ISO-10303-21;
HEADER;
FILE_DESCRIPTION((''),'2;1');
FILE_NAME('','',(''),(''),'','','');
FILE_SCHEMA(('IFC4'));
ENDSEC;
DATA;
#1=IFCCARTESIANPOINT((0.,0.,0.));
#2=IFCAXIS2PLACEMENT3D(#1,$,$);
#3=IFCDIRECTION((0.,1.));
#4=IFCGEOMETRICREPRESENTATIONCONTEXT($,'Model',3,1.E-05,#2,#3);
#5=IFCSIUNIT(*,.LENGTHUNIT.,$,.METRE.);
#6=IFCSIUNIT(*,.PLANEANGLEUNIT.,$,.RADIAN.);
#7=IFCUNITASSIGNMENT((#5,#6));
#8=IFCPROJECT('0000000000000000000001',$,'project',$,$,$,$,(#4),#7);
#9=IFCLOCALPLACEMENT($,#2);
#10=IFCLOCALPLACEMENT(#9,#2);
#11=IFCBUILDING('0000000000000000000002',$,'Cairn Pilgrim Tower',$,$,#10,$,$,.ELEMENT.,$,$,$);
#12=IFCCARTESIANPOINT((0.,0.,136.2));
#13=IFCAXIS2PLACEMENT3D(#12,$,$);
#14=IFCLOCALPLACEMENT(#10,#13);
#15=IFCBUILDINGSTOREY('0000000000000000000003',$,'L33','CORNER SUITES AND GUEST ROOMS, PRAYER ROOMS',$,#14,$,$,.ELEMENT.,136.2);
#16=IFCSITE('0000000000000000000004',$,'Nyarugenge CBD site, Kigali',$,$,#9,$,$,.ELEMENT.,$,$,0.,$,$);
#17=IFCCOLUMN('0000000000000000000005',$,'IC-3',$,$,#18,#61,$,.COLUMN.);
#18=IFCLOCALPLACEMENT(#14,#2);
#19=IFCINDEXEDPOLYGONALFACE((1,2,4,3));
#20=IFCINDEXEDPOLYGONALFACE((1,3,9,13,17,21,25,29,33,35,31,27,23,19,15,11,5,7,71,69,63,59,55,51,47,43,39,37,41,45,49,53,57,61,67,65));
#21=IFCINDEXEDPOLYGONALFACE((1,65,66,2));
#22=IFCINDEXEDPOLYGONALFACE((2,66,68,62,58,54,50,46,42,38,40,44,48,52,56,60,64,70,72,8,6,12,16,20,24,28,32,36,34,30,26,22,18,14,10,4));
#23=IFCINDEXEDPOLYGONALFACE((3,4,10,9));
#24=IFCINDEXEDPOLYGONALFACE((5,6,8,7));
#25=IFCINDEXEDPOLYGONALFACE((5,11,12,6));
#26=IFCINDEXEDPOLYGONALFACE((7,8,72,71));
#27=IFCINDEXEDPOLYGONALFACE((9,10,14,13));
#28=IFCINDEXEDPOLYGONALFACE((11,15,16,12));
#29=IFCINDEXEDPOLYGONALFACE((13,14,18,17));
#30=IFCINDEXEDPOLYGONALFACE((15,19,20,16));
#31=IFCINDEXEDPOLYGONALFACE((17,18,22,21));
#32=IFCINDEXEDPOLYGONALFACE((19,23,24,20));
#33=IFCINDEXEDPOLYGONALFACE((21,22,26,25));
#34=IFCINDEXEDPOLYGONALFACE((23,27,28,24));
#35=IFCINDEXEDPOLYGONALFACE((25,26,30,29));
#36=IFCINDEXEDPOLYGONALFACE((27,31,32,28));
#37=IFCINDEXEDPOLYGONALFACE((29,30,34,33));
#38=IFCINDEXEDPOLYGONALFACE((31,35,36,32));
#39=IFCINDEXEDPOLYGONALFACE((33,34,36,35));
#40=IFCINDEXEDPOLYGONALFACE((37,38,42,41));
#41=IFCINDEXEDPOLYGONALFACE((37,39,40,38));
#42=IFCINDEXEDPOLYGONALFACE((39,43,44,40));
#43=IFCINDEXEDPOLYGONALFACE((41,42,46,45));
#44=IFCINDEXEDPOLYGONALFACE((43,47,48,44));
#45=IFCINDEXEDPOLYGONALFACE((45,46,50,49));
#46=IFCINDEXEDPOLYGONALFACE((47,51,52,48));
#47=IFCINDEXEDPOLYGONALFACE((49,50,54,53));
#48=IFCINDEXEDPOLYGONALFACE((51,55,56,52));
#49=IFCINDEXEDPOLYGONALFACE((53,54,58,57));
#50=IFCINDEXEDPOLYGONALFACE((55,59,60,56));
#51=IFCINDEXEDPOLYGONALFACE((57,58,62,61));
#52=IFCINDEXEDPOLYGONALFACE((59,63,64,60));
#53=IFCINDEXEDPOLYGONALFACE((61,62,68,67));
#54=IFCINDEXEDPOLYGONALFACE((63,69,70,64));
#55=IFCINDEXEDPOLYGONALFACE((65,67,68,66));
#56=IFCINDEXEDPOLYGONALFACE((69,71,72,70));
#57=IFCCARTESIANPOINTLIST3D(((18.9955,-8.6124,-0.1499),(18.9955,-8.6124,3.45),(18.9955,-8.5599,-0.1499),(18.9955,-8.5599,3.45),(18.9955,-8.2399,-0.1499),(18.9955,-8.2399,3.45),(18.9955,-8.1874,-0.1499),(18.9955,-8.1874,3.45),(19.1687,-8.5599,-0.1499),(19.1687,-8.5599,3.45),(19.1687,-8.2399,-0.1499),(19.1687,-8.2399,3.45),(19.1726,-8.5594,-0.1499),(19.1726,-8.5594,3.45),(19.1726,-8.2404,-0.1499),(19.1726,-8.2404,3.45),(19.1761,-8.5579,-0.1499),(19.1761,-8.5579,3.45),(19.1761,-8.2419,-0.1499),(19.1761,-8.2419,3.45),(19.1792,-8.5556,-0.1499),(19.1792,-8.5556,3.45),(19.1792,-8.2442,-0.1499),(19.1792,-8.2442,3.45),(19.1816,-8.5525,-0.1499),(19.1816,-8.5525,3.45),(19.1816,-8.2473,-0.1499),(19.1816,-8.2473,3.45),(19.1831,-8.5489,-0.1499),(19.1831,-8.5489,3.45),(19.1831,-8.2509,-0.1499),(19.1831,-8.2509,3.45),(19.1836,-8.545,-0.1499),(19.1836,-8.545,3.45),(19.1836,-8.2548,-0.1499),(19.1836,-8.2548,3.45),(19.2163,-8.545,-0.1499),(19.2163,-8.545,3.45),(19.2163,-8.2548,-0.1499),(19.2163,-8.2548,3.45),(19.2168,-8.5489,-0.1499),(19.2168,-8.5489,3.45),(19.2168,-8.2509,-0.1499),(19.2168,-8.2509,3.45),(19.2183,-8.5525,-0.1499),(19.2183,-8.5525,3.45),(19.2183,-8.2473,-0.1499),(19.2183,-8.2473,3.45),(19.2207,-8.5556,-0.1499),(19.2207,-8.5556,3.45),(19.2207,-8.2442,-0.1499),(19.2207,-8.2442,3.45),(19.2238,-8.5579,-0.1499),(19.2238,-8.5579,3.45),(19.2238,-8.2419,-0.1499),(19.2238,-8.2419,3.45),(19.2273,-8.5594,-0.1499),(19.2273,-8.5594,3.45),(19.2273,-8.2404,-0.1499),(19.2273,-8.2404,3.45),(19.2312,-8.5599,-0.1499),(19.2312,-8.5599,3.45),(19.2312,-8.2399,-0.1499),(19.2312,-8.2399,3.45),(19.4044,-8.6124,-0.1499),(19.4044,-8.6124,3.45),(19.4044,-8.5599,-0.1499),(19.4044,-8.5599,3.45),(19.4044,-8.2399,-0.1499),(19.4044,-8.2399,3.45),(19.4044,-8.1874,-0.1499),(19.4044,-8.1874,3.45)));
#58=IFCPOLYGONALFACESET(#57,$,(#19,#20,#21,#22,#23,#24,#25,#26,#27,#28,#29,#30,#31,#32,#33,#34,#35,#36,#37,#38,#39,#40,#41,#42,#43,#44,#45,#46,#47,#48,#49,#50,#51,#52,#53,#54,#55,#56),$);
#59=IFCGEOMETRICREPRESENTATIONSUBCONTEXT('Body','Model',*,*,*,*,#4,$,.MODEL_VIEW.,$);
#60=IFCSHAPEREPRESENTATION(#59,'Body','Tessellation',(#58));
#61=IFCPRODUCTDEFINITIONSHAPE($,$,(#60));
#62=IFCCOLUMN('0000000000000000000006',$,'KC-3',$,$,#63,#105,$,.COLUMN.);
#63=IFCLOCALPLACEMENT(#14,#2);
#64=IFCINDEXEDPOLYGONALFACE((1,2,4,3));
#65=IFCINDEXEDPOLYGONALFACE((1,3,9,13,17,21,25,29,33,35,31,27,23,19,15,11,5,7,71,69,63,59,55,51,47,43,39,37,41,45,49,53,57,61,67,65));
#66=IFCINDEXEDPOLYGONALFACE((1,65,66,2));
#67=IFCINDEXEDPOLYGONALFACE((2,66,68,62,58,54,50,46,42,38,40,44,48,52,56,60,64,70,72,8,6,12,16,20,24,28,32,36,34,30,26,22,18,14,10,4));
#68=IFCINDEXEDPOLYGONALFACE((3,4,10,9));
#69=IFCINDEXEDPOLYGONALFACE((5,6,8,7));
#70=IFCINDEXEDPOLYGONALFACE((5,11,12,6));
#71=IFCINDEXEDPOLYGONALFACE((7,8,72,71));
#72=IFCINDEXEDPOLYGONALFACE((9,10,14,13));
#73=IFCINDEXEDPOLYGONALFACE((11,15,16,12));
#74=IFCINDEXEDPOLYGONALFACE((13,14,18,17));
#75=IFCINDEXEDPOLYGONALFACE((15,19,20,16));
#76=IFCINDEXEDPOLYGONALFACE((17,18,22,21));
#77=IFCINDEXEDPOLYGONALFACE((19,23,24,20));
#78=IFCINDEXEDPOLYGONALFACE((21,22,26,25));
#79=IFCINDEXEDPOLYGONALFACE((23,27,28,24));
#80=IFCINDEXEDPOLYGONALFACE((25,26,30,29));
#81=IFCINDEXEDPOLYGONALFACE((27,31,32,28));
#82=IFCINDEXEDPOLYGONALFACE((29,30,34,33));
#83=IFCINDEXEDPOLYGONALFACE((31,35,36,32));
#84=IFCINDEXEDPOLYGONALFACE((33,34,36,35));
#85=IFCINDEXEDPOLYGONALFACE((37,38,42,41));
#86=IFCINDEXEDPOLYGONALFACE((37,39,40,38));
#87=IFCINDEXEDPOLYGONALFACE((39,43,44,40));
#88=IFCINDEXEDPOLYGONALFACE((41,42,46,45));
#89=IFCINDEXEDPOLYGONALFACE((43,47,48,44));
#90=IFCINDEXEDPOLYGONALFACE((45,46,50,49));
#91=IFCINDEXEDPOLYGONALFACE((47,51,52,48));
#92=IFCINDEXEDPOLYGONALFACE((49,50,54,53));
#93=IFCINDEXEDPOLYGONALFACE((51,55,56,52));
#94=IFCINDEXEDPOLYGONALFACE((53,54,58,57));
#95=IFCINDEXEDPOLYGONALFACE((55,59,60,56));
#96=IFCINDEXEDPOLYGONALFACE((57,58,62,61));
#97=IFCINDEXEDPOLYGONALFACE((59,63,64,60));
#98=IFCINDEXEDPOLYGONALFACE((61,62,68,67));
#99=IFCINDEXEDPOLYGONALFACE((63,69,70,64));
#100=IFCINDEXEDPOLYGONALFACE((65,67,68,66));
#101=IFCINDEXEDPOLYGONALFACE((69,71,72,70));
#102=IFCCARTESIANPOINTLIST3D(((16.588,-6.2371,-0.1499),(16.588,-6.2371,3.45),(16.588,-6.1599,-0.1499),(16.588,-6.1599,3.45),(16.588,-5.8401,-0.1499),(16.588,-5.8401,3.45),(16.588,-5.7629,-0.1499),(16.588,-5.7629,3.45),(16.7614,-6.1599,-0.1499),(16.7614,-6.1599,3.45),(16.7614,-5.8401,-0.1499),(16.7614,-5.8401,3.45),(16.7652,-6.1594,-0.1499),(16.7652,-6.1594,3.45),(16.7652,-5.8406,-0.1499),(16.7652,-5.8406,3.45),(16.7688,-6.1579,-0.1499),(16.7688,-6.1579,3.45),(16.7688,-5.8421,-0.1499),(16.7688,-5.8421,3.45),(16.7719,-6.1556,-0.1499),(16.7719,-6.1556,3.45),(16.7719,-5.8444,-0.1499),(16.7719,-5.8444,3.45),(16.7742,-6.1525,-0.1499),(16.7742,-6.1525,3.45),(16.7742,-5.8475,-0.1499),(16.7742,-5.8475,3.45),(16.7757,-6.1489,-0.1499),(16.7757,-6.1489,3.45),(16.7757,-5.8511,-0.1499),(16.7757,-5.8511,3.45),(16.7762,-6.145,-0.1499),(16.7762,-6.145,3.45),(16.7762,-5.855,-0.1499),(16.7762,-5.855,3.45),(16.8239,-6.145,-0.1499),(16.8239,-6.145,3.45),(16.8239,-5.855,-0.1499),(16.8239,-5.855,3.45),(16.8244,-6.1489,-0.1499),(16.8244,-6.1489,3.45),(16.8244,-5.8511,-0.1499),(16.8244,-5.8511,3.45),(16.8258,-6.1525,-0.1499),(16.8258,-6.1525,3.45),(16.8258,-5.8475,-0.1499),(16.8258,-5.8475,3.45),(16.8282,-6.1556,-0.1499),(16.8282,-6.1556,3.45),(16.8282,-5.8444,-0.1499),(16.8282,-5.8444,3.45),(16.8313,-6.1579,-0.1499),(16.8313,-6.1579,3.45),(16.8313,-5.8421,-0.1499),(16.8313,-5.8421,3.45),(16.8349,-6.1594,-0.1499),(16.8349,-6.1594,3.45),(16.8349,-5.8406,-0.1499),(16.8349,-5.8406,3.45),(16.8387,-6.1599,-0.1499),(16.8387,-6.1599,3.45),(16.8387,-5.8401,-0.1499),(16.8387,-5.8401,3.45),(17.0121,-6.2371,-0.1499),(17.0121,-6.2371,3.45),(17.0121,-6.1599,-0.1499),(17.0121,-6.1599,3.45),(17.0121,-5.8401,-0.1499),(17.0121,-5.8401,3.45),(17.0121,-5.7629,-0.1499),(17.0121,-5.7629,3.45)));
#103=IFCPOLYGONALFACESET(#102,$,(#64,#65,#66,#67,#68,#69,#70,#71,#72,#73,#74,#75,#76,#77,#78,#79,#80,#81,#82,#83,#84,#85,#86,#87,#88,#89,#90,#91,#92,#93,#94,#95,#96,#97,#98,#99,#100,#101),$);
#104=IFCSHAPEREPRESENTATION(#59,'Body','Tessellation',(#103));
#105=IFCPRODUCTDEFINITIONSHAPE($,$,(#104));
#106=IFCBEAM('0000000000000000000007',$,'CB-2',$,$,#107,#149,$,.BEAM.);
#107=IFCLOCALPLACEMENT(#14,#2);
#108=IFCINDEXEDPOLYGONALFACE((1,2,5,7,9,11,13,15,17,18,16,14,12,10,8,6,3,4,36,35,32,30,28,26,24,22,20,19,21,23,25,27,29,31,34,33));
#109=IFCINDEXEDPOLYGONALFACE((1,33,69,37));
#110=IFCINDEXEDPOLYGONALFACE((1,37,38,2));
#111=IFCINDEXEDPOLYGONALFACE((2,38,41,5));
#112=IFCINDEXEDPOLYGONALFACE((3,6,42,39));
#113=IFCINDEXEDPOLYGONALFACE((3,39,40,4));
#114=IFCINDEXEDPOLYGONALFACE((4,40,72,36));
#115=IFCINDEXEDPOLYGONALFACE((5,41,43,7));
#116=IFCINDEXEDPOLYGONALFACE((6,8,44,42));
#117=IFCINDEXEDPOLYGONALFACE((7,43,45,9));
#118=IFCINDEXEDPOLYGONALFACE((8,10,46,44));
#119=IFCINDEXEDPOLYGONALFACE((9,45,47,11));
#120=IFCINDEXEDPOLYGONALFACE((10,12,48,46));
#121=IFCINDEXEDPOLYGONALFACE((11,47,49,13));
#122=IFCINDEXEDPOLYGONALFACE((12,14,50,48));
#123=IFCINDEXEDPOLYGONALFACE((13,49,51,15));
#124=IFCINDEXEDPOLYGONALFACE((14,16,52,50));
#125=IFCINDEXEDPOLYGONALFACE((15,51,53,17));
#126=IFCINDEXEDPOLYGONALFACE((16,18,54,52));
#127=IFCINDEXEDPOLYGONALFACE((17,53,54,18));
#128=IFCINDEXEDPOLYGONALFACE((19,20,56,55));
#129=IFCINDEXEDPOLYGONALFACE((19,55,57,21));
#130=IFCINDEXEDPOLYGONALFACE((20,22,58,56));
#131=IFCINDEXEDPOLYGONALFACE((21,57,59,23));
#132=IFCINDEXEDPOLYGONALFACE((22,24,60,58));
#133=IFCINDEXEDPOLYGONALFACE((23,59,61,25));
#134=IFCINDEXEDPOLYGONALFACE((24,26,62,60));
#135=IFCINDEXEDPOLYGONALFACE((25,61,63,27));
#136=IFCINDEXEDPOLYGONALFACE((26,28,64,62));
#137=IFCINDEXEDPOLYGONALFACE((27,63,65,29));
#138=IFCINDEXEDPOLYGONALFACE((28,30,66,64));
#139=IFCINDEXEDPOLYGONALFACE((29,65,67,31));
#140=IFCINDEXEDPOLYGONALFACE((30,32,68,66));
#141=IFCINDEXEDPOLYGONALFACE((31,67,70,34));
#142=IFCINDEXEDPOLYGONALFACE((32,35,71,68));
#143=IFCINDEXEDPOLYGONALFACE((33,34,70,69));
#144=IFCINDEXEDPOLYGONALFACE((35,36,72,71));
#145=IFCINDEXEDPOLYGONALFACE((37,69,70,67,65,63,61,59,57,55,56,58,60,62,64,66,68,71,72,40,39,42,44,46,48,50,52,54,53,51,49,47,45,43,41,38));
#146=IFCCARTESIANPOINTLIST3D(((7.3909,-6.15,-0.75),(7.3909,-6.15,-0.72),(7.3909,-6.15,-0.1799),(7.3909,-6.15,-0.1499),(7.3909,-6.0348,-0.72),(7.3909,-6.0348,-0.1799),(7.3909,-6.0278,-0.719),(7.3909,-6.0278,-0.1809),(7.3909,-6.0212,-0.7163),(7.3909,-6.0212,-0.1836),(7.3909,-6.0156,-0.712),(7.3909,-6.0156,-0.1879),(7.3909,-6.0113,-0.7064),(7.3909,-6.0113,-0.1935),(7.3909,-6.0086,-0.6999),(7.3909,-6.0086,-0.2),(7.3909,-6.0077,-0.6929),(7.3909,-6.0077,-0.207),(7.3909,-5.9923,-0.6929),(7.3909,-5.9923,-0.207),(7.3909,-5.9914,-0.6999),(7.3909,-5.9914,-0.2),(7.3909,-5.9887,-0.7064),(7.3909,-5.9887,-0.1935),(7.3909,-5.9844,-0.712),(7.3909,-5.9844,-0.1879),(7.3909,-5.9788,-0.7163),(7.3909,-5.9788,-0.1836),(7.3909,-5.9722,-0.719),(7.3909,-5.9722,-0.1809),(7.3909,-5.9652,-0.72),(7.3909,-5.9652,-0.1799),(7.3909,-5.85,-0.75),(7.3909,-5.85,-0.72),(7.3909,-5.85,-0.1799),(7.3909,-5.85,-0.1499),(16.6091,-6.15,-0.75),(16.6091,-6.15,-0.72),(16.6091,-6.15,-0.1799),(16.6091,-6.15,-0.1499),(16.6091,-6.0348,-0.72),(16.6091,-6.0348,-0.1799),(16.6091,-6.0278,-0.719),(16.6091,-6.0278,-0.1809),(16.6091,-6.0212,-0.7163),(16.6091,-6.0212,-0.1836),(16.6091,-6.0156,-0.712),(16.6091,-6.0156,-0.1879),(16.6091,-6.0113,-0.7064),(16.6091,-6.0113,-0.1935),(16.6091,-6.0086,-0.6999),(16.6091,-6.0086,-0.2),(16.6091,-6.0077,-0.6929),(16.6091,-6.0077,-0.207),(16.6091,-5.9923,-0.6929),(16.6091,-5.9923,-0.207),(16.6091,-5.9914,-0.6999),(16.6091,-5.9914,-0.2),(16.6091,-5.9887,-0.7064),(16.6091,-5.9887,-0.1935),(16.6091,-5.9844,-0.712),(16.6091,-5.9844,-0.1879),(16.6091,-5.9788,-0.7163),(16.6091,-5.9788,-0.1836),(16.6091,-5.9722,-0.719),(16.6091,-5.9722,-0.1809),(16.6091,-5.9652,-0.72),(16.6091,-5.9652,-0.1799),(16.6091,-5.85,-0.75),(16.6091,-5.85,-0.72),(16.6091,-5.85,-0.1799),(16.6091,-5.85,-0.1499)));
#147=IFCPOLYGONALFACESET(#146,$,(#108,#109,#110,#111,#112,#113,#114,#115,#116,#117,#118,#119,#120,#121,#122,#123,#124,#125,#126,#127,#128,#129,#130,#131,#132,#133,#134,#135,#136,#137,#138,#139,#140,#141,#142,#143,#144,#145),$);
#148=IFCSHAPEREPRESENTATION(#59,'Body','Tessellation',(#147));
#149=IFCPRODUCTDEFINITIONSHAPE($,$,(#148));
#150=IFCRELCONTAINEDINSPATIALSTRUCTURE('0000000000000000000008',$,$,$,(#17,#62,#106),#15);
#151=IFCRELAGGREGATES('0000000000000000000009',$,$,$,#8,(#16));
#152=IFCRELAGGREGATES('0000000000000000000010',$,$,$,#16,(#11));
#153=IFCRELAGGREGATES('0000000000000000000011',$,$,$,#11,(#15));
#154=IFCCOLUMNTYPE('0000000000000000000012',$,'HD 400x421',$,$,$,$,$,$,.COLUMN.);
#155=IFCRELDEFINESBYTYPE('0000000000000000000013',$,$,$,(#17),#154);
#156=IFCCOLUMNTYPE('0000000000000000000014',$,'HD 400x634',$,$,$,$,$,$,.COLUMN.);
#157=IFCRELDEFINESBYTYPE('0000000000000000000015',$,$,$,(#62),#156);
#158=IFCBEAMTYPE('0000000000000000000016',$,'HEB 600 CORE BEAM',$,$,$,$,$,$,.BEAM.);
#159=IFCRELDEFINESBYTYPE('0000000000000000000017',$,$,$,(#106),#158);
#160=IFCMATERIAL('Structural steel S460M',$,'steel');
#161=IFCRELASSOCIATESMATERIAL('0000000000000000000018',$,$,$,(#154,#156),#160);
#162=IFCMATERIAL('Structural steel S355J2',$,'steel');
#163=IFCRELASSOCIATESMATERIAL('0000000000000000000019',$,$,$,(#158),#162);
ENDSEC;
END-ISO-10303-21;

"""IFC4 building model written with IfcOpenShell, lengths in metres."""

from ifc_helpers import new_model, si_unit, direction, frame, origin, origin_2d, place, context, subcontext, project, spatial, i_section, extrude, material, material_profile, profile_set, type_object, element, save


model = new_model("IFC4")

# Units and contexts
model_context = context("Model", 3, precision=1e-05, world=origin(), true_north=direction((0.0, 1.0)))
body_context = subcontext(model_context, "Body", "Model", "MODEL_VIEW")
ifc_project = project(units=[si_unit("LENGTHUNIT", "METRE"), si_unit("PLANEANGLEUNIT", "RADIAN")], contexts=[model_context])

# Site, building, storey
site_placement = place(None, origin())
site = spatial("IfcSite", under=ifc_project, at=site_placement, Name="Nyarugenge CBD site, Kigali", CompositionType="ELEMENT", RefElevation=0.0)
building_placement = place(site_placement, origin())
building = spatial("IfcBuilding", under=site, at=building_placement, Name="Cairn Pilgrim Tower", CompositionType="ELEMENT")
storey_placement = place(building_placement, frame((0.0, 0.0, 136.2)))
storey = spatial("IfcBuildingStorey", under=building, at=storey_placement, Name="L33", Description="CORNER SUITES AND GUEST ROOMS, PRAYER ROOMS", CompositionType="ELEMENT", Elevation=136.2)

# Columns
ifc_material_1 = material(Name="Structural steel S460M", Category="steel")
ifc_material_profile_1 = material_profile(ifc_material_1, i_section(OverallWidth=0.4089, OverallDepth=0.425, WebThickness=0.0327, FlangeThickness=0.0525, FilletRadius=0.0149, at=origin_2d()), Name="HD 400x421")
ifc_profile_set_1 = profile_set([ifc_material_profile_1], Name="Structural steel S460M")
column_type_1 = type_object("IfcColumnType", Name="HD 400x421", PredefinedType="COLUMN", material=ifc_profile_set_1)
column_1_placement = place(storey_placement, frame((19.2, -8.3999, -0.1499), z_axis=(0.0, 0.0, 1.0), x_axis=(1.0, 0.0, 0.0)))
element("IfcColumn", 1, at=column_1_placement, inside=storey, type_object=column_type_1, Name="IC-3", PredefinedType="COLUMN", context=body_context, shape_type="SweptSolid", body=[
    extrude(i_section(OverallWidth=0.4089, OverallDepth=0.425, WebThickness=0.0327, FlangeThickness=0.0525, FilletRadius=0.0149, at=origin_2d()), origin(), (0.0, 0.0, 1.0), 3.5999),
])
ifc_material_profile_2 = material_profile(ifc_material_1, i_section(OverallWidth=0.4241, OverallDepth=0.4741, WebThickness=0.0476, FlangeThickness=0.0771, FilletRadius=0.0149, at=origin_2d()), Name="HD 400x634")
ifc_profile_set_2 = profile_set([ifc_material_profile_2], Name="Structural steel S460M")
column_type_2 = type_object("IfcColumnType", Name="HD 400x634", PredefinedType="COLUMN", material=ifc_profile_set_2)
column_2_placement = place(storey_placement, frame((16.8, -6.0, -0.1499), z_axis=(0.0, 0.0, 1.0), x_axis=(1.0, 0.0, 0.0)))
element("IfcColumn", 2, at=column_2_placement, inside=storey, type_object=column_type_2, Name="KC-3", PredefinedType="COLUMN", context=body_context, shape_type="SweptSolid", body=[
    extrude(i_section(OverallWidth=0.4241, OverallDepth=0.4741, WebThickness=0.0476, FlangeThickness=0.0771, FilletRadius=0.0149, at=origin_2d()), origin(), (0.0, 0.0, 1.0), 3.5999),
])

# Beam
ifc_material_2 = material(Name="Structural steel S355J2", Category="steel")
ifc_material_profile_3 = material_profile(ifc_material_2, i_section(OverallWidth=0.3, OverallDepth=0.6001, WebThickness=0.0154, FlangeThickness=0.03, FilletRadius=0.0271, at=origin_2d()), Name="HEB 600")
ifc_profile_set_3 = profile_set([ifc_material_profile_3], Name="Structural steel S355J2")
beam_type_1 = type_object("IfcBeamType", Name="HEB 600 CORE BEAM", PredefinedType="BEAM", material=ifc_profile_set_3)
beam_1_placement = place(storey_placement, frame((7.3909, -6.0, -0.45), z_axis=(1.0, 0.0, 0.0), x_axis=(0.0, 1.0, 0.0)))
element("IfcBeam", 3, at=beam_1_placement, inside=storey, type_object=beam_type_1, Name="CB-2", PredefinedType="BEAM", context=body_context, shape_type="SweptSolid", body=[
    extrude(i_section(OverallWidth=0.3, OverallDepth=0.6001, WebThickness=0.0154, FlangeThickness=0.03, FilletRadius=0.0271, at=origin_2d()), origin(), (0.0, 0.0, 1.0), 9.2183),
])

save(model, "model.ifc")
